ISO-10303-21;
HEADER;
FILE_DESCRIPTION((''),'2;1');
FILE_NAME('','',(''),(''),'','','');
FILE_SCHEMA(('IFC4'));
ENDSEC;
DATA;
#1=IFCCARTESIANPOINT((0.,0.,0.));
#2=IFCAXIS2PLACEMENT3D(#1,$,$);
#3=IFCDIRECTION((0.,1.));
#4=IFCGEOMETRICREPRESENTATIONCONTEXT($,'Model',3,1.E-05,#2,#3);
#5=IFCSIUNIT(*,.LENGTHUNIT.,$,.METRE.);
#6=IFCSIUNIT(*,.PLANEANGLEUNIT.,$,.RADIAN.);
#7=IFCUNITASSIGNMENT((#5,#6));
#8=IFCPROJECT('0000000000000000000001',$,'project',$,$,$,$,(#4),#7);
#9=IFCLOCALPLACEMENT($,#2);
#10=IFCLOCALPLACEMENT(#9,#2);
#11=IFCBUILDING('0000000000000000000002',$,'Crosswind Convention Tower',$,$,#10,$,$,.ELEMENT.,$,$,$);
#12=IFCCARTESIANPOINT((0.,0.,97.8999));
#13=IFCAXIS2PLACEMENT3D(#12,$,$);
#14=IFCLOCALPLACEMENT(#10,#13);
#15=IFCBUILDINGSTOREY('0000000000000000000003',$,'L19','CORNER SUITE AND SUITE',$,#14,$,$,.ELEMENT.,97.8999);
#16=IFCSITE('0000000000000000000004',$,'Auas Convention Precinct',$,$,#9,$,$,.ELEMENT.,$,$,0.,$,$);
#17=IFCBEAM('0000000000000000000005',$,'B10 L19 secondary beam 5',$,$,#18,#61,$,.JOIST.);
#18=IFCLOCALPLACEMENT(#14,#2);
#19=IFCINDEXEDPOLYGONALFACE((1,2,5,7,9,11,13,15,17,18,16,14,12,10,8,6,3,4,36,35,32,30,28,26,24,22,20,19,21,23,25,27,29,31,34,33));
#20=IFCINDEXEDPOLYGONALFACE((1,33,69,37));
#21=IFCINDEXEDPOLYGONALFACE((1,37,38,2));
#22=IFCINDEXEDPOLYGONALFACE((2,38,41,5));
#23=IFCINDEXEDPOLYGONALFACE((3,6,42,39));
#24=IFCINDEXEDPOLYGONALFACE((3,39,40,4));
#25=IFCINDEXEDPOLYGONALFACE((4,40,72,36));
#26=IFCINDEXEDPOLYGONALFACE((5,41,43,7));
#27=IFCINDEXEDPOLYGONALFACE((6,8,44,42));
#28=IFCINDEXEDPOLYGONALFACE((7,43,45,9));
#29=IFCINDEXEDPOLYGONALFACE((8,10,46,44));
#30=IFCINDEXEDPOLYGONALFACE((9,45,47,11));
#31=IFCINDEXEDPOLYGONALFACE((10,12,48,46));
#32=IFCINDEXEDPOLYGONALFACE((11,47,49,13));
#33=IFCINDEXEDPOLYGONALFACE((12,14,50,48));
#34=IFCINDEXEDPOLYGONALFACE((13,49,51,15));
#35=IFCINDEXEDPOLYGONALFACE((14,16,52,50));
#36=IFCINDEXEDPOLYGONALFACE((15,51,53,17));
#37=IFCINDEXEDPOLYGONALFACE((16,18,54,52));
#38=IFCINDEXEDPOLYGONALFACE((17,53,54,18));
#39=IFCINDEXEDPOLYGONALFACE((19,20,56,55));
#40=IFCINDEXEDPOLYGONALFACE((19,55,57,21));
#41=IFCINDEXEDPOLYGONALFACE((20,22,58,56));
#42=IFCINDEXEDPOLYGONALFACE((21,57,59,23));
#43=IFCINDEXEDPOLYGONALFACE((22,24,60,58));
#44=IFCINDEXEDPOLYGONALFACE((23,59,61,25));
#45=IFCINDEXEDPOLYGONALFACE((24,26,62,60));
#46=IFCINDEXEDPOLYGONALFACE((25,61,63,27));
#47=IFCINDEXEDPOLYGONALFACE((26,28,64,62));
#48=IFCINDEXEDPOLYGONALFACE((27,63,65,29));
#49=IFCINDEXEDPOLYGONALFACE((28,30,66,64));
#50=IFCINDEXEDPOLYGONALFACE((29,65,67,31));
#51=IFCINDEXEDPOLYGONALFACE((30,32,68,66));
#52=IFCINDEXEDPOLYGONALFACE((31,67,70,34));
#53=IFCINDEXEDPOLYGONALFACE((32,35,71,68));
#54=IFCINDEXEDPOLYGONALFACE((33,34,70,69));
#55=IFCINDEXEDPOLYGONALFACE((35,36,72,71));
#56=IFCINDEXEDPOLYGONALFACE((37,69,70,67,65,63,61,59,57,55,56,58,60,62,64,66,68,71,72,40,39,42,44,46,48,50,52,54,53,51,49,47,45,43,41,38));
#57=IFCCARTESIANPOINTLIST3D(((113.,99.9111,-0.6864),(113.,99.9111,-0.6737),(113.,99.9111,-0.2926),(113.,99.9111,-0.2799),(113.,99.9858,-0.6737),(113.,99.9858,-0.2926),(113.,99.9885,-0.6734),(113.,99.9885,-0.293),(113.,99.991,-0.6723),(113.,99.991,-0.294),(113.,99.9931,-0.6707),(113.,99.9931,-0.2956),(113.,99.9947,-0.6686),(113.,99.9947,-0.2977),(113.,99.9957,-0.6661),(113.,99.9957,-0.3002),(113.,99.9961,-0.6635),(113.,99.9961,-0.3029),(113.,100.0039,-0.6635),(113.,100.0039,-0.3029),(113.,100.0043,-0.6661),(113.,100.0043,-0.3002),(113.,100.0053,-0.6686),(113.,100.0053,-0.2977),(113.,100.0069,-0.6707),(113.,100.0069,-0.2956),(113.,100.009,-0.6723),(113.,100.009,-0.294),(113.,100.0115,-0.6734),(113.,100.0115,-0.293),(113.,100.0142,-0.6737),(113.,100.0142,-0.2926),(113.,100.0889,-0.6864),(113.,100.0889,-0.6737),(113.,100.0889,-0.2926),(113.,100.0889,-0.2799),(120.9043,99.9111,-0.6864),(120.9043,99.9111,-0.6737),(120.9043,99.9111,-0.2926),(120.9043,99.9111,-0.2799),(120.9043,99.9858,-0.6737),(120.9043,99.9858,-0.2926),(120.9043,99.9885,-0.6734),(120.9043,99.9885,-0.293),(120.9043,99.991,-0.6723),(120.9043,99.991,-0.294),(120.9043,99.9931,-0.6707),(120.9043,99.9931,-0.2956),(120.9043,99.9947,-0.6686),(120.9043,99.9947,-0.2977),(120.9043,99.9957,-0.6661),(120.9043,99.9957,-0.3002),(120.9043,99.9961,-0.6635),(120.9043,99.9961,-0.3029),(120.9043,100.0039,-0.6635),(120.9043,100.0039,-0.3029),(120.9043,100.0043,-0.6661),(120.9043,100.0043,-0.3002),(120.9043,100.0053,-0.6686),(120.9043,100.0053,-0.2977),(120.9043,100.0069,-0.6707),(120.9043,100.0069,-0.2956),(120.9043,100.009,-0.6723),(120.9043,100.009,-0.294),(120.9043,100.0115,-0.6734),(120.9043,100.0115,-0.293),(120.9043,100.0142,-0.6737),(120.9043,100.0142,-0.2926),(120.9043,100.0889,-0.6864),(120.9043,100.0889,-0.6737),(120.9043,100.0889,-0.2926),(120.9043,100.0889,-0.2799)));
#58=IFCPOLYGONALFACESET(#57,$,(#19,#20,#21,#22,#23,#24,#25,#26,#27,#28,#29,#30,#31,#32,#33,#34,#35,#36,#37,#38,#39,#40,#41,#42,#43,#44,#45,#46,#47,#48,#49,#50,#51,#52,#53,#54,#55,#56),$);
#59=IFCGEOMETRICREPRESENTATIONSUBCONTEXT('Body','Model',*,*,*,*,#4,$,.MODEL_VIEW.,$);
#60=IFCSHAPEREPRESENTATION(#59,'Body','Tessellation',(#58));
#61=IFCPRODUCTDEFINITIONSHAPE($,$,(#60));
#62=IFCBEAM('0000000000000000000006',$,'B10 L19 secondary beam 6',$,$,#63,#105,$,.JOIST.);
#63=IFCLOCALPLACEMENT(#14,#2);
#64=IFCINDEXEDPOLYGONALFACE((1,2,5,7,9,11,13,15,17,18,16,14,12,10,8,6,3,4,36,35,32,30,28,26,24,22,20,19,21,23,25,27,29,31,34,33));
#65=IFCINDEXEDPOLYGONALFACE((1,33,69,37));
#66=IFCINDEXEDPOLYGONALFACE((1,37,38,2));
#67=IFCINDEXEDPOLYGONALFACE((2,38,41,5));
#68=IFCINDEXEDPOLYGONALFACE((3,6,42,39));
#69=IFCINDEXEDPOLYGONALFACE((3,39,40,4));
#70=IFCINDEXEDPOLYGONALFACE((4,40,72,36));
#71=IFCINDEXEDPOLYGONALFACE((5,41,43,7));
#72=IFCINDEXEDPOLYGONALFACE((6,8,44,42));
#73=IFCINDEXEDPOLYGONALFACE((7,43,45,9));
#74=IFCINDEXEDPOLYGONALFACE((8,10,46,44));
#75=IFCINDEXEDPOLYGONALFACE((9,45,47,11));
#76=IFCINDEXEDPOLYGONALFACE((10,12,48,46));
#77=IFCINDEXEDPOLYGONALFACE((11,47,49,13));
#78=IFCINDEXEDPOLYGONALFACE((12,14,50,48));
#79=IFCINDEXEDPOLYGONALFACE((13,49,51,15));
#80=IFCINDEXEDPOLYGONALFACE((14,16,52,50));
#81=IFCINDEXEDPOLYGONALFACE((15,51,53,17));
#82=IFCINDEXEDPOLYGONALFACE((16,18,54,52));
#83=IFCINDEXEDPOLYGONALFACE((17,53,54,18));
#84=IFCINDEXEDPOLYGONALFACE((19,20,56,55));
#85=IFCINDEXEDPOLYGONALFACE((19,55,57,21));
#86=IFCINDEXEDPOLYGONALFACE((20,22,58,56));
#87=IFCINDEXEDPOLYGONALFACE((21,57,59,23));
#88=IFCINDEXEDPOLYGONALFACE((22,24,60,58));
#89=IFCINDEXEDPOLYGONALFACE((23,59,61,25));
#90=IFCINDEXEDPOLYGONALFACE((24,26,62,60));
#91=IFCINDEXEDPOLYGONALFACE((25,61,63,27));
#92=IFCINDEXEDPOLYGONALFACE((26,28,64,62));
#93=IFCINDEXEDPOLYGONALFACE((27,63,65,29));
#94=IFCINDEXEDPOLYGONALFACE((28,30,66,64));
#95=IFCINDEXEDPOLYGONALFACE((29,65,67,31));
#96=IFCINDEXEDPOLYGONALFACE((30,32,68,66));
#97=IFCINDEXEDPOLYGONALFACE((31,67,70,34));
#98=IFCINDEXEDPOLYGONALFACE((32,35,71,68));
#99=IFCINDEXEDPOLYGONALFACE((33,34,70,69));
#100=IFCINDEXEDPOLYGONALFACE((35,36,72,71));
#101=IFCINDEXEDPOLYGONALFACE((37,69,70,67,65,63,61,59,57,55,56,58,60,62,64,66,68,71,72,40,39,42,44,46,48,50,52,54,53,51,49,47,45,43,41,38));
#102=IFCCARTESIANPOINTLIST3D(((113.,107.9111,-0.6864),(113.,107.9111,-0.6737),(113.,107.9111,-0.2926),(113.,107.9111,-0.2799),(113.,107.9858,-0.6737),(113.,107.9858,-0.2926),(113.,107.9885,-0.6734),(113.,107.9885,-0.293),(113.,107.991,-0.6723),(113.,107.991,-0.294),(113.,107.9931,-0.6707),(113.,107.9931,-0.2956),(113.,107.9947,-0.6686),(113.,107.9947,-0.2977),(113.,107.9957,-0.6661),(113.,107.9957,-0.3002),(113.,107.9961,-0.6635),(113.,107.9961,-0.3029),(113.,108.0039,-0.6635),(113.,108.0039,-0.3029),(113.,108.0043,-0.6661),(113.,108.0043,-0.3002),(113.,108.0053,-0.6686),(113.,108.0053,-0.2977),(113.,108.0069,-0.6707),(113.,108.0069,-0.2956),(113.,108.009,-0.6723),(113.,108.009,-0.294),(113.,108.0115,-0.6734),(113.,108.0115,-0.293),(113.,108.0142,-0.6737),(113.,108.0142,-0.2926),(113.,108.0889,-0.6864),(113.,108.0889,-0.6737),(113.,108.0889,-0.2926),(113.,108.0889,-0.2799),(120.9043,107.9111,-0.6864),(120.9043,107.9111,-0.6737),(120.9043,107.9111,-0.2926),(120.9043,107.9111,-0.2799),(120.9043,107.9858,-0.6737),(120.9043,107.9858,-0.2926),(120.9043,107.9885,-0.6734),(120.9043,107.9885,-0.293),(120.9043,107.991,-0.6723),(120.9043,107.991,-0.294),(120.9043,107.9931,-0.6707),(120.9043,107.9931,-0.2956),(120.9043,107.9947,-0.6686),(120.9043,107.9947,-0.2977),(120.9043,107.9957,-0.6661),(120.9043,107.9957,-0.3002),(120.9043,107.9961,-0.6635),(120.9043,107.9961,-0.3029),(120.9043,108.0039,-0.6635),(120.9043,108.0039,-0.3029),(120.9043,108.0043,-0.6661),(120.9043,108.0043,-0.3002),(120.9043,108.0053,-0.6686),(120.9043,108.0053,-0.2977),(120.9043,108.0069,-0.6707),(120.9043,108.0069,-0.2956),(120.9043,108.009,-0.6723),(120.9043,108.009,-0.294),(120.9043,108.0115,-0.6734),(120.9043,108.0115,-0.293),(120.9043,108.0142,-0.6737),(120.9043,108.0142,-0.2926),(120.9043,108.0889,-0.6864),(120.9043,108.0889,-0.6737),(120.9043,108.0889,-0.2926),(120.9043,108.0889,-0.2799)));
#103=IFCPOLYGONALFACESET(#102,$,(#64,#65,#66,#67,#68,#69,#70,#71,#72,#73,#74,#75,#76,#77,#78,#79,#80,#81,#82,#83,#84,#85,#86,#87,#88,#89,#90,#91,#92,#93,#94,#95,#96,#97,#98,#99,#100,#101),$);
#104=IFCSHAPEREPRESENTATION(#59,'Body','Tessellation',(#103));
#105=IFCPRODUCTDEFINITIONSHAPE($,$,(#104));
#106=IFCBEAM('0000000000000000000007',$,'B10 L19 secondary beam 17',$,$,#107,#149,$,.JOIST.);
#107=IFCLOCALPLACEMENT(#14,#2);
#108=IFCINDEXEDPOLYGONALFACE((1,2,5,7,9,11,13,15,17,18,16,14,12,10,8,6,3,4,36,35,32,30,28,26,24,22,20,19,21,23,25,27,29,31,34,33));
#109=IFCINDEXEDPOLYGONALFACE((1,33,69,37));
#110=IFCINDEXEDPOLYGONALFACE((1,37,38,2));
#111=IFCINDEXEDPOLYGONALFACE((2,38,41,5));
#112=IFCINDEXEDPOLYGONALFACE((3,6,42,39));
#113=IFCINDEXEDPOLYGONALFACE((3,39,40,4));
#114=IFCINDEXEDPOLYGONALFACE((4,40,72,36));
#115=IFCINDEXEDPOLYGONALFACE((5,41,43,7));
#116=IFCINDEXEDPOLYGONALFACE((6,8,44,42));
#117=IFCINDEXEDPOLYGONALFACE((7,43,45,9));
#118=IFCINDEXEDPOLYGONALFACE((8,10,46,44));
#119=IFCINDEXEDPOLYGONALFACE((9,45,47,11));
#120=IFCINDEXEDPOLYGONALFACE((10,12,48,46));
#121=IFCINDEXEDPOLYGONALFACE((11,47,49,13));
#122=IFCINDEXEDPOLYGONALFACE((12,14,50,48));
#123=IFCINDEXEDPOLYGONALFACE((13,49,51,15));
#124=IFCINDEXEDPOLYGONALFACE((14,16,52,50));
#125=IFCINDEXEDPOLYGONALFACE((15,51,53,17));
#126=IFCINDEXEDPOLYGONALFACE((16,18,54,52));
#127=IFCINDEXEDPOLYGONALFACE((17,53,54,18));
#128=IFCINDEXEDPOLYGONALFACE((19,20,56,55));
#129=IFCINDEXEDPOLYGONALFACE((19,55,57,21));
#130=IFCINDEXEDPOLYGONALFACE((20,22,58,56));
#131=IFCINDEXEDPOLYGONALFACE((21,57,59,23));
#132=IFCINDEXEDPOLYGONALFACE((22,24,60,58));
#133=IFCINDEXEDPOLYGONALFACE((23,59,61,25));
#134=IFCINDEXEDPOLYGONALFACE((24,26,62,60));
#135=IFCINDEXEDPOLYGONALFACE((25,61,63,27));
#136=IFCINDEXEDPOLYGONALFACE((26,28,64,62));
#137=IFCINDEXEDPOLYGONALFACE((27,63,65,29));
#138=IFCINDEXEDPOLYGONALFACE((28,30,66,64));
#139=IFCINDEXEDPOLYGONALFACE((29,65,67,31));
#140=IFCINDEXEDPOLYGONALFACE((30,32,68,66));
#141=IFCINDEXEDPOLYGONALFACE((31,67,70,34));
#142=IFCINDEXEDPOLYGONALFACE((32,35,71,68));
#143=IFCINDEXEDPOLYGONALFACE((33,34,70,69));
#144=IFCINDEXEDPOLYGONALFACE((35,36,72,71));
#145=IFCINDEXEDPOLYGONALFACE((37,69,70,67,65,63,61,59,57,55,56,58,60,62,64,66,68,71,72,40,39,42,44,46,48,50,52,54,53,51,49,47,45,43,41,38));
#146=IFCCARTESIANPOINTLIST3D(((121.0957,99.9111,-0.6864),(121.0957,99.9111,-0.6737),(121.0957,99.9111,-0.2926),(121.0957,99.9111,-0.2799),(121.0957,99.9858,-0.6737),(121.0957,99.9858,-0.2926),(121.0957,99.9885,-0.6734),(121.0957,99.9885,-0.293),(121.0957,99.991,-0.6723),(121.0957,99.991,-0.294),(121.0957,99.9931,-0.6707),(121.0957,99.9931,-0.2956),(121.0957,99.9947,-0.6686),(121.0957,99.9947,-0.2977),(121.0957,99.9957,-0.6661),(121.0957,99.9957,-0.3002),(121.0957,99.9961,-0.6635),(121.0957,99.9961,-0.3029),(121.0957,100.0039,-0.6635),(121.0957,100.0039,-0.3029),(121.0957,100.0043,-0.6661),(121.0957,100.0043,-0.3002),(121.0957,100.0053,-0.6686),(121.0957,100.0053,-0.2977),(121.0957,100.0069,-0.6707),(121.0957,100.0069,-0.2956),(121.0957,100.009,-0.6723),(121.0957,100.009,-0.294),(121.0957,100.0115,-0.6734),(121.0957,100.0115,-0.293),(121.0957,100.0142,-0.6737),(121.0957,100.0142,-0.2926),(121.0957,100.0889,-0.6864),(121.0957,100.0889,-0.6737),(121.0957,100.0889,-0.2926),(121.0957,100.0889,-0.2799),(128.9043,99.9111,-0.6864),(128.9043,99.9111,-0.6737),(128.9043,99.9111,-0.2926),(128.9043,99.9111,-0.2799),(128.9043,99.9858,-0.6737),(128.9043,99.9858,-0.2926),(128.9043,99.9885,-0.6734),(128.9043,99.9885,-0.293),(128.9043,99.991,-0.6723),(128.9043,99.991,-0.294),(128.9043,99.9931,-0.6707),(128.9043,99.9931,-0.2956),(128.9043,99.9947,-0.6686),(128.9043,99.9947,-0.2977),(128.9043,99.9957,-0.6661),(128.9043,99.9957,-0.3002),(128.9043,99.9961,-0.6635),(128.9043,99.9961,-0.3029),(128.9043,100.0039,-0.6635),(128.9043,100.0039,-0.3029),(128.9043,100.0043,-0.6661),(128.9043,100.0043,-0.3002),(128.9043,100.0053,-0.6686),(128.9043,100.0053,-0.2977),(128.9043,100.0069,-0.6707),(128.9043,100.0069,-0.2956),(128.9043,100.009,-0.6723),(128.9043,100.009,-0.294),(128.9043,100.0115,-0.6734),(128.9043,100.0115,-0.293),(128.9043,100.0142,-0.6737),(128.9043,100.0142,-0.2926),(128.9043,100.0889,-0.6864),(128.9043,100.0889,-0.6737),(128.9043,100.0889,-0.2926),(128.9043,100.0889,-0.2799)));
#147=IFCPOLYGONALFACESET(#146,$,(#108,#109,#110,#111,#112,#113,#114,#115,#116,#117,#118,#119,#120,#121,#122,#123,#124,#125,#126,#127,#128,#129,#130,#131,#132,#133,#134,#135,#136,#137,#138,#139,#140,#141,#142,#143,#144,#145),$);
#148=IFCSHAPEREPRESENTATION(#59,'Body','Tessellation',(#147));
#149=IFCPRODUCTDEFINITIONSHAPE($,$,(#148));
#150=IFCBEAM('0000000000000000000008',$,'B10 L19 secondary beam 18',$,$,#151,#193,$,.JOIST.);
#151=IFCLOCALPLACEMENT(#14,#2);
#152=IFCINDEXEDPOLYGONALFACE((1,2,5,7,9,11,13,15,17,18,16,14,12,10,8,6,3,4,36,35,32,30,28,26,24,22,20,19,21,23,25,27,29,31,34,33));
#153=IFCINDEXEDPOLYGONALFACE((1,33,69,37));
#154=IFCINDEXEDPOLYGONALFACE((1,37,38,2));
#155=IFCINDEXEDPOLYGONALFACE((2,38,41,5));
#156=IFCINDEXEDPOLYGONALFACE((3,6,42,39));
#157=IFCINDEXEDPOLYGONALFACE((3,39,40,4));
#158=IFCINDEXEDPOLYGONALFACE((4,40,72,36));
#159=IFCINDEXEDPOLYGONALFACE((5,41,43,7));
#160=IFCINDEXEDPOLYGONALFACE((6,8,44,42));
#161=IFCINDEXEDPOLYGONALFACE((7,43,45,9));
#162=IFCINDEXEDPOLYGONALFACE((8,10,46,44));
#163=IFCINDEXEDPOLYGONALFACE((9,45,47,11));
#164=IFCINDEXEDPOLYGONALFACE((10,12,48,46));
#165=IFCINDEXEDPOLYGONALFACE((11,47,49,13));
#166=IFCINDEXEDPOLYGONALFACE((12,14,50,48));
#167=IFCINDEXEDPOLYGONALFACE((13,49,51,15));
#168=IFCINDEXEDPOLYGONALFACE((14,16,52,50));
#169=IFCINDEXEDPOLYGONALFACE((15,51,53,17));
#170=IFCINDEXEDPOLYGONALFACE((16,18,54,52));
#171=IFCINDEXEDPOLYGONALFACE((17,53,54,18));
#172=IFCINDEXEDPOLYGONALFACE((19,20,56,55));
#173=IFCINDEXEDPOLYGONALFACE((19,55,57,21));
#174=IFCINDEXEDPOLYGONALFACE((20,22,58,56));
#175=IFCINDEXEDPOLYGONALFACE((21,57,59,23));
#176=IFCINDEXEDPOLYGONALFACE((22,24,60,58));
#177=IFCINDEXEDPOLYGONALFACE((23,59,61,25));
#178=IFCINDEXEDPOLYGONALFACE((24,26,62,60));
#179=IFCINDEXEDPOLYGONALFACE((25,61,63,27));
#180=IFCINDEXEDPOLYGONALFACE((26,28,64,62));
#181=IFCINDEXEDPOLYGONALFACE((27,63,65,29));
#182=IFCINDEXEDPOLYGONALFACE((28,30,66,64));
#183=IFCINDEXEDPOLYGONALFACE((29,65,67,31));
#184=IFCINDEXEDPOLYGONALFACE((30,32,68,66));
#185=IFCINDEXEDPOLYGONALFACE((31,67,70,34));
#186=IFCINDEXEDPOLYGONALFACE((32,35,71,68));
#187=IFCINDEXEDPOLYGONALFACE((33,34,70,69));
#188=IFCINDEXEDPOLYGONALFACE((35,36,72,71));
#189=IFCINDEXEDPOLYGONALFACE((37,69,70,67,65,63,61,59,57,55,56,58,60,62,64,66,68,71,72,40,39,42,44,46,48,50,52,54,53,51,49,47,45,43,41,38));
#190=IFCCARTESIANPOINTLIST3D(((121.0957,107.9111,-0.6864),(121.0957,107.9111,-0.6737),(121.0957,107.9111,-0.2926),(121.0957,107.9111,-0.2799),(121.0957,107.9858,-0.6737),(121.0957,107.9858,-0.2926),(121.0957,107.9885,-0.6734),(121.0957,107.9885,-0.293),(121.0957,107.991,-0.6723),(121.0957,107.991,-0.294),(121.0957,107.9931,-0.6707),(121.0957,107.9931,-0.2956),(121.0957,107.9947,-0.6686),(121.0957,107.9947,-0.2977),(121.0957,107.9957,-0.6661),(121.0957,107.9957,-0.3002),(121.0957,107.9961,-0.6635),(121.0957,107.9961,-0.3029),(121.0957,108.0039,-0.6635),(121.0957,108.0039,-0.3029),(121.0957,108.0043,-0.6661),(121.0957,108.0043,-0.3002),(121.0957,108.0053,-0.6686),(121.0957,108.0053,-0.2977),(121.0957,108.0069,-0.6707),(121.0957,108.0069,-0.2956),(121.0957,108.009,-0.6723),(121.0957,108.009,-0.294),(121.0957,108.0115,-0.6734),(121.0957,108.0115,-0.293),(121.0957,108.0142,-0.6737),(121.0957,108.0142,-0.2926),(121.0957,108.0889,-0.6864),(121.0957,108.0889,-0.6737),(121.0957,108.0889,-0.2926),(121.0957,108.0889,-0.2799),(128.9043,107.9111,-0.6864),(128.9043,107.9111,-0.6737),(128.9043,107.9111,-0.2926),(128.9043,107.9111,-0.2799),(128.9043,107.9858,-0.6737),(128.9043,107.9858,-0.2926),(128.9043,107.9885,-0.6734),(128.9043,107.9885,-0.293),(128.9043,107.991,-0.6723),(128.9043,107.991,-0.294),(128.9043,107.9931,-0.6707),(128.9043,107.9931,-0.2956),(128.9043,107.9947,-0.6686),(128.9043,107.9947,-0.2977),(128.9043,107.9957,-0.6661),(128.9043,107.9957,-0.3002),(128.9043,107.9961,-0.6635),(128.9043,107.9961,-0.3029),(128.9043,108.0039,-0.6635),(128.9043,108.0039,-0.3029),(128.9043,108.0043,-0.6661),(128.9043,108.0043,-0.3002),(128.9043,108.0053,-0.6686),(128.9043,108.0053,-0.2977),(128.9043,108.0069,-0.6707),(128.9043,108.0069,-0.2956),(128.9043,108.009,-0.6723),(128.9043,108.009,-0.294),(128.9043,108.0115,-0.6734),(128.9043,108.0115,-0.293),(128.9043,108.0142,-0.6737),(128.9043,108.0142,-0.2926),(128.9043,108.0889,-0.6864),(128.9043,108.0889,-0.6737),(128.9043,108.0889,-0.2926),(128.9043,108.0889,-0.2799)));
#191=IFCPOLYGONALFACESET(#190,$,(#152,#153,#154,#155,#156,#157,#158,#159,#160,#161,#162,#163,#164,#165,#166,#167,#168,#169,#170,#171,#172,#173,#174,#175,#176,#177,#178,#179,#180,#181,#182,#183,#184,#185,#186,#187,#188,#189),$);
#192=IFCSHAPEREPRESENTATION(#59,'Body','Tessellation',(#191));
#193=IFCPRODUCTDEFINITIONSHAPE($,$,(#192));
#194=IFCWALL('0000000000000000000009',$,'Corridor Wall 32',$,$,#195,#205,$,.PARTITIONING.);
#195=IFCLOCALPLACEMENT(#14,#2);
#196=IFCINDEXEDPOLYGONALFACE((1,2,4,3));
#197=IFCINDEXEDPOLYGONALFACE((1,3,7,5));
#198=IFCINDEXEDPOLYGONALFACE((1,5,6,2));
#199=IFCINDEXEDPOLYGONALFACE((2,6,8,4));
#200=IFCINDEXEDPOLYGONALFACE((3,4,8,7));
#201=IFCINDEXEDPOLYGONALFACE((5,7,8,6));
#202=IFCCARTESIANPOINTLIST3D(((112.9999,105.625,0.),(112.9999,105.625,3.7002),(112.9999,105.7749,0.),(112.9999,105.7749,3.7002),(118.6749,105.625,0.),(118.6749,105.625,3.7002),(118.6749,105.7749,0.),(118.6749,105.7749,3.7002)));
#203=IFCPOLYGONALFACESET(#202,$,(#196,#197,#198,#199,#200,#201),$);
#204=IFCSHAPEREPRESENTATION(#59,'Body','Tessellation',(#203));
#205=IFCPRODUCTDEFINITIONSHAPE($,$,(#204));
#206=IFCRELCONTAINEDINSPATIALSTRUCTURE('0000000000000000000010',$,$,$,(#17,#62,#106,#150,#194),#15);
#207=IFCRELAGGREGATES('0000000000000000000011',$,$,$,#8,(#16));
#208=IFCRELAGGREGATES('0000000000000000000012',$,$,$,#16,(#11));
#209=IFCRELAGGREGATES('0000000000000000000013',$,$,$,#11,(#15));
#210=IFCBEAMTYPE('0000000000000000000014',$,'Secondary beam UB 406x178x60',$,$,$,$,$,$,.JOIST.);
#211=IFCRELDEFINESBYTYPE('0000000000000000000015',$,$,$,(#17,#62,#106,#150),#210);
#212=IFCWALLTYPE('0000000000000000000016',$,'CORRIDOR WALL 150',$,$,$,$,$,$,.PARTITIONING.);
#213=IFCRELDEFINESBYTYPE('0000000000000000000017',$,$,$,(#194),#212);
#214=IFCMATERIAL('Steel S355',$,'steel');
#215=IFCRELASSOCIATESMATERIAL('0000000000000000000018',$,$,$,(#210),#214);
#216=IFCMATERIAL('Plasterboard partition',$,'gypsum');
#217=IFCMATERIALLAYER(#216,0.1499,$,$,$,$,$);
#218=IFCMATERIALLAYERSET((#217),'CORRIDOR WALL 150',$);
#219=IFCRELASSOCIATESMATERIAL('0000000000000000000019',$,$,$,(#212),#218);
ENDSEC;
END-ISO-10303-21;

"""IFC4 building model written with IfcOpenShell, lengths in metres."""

from ifc_helpers import new_model, si_unit, direction, frame, frame_2d, origin, origin_2d, place, context, subcontext, project, spatial, rectangle, i_section, extrude, material, layer, layer_set, material_profile, profile_set, type_object, element, save


model = new_model("IFC4")

# Units and contexts
model_context = context("Model", 3, precision=1e-05, world=origin(), true_north=direction((0.0, 1.0)))
body_context = subcontext(model_context, "Body", "Model", "MODEL_VIEW")
ifc_project = project(units=[si_unit("LENGTHUNIT", "METRE"), si_unit("PLANEANGLEUNIT", "RADIAN")], contexts=[model_context])

# Site, building, storey
site_placement = place(None, origin())
site = spatial("IfcSite", under=ifc_project, at=site_placement, Name="Auas Convention Precinct", CompositionType="ELEMENT", RefElevation=0.0)
building_placement = place(site_placement, origin())
building = spatial("IfcBuilding", under=site, at=building_placement, Name="Crosswind Convention Tower", CompositionType="ELEMENT")
storey_placement = place(building_placement, frame((0.0, 0.0, 97.8999)))
storey = spatial("IfcBuildingStorey", under=building, at=storey_placement, Name="L19", Description="CORNER SUITE AND SUITE", CompositionType="ELEMENT", Elevation=97.8999)

# Beams
ifc_material_1 = material(Name="Steel S355", Category="steel")
ifc_material_profile_1 = material_profile(ifc_material_1, i_section(OverallWidth=0.1777, OverallDepth=0.4065, WebThickness=0.0078, FlangeThickness=0.0127, FilletRadius=0.0103, at=origin_2d()), Name="UB 406x178x60")
ifc_profile_set_1 = profile_set([ifc_material_profile_1], Name="Steel S355")
beam_type_1 = type_object("IfcBeamType", Name="Secondary beam UB 406x178x60", PredefinedType="JOIST", material=ifc_profile_set_1)
for number, where, z_axis, x_axis, name in (
    (1, (113.0, 100.0, -0.4832), (1.0, 0.0, 0.0), (0.0, 1.0, 0.0), "B10 L19 secondary beam 5"),
    (2, (113.0, 108.0, -0.4832), (1.0, 0.0, 0.0), (0.0, 1.0, 0.0), "B10 L19 secondary beam 6"),
):
    element("IfcBeam", number, at=place(storey_placement, frame(where, z_axis=z_axis, x_axis=x_axis)), inside=storey, type_object=beam_type_1, Name=name, PredefinedType="JOIST", context=body_context, shape_type="SweptSolid", body=[
        extrude(i_section(OverallWidth=0.1777, OverallDepth=0.4065, WebThickness=0.0078, FlangeThickness=0.0127, FilletRadius=0.0103, at=origin_2d()), origin(), (0.0, 0.0, 1.0), 7.9043),
    ])
for number, where, z_axis, x_axis, name in (
    (3, (121.0957, 100.0, -0.4832), (1.0, 0.0, 0.0), (0.0, 1.0, 0.0), "B10 L19 secondary beam 17"),
    (4, (121.0957, 108.0, -0.4832), (1.0, 0.0, 0.0), (0.0, 1.0, 0.0), "B10 L19 secondary beam 18"),
):
    element("IfcBeam", number, at=place(storey_placement, frame(where, z_axis=z_axis, x_axis=x_axis)), inside=storey, type_object=beam_type_1, Name=name, PredefinedType="JOIST", context=body_context, shape_type="SweptSolid", body=[
        extrude(i_section(OverallWidth=0.1777, OverallDepth=0.4065, WebThickness=0.0078, FlangeThickness=0.0127, FilletRadius=0.0103, at=origin_2d()), origin(), (0.0, 0.0, 1.0), 7.8086),
    ])

# Wall
ifc_material_2 = material(Name="Plasterboard partition", Category="gypsum")
ifc_layer_1 = layer(ifc_material_2, 0.1499)
ifc_layer_set_1 = layer_set([ifc_layer_1], Name="CORRIDOR WALL 150")
wall_type_1 = type_object("IfcWallType", Name="CORRIDOR WALL 150", PredefinedType="PARTITIONING", material=ifc_layer_set_1)
wall_1_placement = place(storey_placement, frame((113.0, 105.7, 0.0), z_axis=(0.0, 0.0, 1.0), x_axis=(1.0, 0.0, 0.0)))
element("IfcWall", 5, at=wall_1_placement, inside=storey, type_object=wall_type_1, Name="Corridor Wall 32", PredefinedType="PARTITIONING", context=body_context, shape_type="SweptSolid", body=[
    extrude(rectangle(XDim=5.675, YDim=0.1499, at=frame_2d((2.8374, 0.0))), origin(), (0.0, 0.0, 1.0), 3.7002),
])

save(model, "model.ifc")
